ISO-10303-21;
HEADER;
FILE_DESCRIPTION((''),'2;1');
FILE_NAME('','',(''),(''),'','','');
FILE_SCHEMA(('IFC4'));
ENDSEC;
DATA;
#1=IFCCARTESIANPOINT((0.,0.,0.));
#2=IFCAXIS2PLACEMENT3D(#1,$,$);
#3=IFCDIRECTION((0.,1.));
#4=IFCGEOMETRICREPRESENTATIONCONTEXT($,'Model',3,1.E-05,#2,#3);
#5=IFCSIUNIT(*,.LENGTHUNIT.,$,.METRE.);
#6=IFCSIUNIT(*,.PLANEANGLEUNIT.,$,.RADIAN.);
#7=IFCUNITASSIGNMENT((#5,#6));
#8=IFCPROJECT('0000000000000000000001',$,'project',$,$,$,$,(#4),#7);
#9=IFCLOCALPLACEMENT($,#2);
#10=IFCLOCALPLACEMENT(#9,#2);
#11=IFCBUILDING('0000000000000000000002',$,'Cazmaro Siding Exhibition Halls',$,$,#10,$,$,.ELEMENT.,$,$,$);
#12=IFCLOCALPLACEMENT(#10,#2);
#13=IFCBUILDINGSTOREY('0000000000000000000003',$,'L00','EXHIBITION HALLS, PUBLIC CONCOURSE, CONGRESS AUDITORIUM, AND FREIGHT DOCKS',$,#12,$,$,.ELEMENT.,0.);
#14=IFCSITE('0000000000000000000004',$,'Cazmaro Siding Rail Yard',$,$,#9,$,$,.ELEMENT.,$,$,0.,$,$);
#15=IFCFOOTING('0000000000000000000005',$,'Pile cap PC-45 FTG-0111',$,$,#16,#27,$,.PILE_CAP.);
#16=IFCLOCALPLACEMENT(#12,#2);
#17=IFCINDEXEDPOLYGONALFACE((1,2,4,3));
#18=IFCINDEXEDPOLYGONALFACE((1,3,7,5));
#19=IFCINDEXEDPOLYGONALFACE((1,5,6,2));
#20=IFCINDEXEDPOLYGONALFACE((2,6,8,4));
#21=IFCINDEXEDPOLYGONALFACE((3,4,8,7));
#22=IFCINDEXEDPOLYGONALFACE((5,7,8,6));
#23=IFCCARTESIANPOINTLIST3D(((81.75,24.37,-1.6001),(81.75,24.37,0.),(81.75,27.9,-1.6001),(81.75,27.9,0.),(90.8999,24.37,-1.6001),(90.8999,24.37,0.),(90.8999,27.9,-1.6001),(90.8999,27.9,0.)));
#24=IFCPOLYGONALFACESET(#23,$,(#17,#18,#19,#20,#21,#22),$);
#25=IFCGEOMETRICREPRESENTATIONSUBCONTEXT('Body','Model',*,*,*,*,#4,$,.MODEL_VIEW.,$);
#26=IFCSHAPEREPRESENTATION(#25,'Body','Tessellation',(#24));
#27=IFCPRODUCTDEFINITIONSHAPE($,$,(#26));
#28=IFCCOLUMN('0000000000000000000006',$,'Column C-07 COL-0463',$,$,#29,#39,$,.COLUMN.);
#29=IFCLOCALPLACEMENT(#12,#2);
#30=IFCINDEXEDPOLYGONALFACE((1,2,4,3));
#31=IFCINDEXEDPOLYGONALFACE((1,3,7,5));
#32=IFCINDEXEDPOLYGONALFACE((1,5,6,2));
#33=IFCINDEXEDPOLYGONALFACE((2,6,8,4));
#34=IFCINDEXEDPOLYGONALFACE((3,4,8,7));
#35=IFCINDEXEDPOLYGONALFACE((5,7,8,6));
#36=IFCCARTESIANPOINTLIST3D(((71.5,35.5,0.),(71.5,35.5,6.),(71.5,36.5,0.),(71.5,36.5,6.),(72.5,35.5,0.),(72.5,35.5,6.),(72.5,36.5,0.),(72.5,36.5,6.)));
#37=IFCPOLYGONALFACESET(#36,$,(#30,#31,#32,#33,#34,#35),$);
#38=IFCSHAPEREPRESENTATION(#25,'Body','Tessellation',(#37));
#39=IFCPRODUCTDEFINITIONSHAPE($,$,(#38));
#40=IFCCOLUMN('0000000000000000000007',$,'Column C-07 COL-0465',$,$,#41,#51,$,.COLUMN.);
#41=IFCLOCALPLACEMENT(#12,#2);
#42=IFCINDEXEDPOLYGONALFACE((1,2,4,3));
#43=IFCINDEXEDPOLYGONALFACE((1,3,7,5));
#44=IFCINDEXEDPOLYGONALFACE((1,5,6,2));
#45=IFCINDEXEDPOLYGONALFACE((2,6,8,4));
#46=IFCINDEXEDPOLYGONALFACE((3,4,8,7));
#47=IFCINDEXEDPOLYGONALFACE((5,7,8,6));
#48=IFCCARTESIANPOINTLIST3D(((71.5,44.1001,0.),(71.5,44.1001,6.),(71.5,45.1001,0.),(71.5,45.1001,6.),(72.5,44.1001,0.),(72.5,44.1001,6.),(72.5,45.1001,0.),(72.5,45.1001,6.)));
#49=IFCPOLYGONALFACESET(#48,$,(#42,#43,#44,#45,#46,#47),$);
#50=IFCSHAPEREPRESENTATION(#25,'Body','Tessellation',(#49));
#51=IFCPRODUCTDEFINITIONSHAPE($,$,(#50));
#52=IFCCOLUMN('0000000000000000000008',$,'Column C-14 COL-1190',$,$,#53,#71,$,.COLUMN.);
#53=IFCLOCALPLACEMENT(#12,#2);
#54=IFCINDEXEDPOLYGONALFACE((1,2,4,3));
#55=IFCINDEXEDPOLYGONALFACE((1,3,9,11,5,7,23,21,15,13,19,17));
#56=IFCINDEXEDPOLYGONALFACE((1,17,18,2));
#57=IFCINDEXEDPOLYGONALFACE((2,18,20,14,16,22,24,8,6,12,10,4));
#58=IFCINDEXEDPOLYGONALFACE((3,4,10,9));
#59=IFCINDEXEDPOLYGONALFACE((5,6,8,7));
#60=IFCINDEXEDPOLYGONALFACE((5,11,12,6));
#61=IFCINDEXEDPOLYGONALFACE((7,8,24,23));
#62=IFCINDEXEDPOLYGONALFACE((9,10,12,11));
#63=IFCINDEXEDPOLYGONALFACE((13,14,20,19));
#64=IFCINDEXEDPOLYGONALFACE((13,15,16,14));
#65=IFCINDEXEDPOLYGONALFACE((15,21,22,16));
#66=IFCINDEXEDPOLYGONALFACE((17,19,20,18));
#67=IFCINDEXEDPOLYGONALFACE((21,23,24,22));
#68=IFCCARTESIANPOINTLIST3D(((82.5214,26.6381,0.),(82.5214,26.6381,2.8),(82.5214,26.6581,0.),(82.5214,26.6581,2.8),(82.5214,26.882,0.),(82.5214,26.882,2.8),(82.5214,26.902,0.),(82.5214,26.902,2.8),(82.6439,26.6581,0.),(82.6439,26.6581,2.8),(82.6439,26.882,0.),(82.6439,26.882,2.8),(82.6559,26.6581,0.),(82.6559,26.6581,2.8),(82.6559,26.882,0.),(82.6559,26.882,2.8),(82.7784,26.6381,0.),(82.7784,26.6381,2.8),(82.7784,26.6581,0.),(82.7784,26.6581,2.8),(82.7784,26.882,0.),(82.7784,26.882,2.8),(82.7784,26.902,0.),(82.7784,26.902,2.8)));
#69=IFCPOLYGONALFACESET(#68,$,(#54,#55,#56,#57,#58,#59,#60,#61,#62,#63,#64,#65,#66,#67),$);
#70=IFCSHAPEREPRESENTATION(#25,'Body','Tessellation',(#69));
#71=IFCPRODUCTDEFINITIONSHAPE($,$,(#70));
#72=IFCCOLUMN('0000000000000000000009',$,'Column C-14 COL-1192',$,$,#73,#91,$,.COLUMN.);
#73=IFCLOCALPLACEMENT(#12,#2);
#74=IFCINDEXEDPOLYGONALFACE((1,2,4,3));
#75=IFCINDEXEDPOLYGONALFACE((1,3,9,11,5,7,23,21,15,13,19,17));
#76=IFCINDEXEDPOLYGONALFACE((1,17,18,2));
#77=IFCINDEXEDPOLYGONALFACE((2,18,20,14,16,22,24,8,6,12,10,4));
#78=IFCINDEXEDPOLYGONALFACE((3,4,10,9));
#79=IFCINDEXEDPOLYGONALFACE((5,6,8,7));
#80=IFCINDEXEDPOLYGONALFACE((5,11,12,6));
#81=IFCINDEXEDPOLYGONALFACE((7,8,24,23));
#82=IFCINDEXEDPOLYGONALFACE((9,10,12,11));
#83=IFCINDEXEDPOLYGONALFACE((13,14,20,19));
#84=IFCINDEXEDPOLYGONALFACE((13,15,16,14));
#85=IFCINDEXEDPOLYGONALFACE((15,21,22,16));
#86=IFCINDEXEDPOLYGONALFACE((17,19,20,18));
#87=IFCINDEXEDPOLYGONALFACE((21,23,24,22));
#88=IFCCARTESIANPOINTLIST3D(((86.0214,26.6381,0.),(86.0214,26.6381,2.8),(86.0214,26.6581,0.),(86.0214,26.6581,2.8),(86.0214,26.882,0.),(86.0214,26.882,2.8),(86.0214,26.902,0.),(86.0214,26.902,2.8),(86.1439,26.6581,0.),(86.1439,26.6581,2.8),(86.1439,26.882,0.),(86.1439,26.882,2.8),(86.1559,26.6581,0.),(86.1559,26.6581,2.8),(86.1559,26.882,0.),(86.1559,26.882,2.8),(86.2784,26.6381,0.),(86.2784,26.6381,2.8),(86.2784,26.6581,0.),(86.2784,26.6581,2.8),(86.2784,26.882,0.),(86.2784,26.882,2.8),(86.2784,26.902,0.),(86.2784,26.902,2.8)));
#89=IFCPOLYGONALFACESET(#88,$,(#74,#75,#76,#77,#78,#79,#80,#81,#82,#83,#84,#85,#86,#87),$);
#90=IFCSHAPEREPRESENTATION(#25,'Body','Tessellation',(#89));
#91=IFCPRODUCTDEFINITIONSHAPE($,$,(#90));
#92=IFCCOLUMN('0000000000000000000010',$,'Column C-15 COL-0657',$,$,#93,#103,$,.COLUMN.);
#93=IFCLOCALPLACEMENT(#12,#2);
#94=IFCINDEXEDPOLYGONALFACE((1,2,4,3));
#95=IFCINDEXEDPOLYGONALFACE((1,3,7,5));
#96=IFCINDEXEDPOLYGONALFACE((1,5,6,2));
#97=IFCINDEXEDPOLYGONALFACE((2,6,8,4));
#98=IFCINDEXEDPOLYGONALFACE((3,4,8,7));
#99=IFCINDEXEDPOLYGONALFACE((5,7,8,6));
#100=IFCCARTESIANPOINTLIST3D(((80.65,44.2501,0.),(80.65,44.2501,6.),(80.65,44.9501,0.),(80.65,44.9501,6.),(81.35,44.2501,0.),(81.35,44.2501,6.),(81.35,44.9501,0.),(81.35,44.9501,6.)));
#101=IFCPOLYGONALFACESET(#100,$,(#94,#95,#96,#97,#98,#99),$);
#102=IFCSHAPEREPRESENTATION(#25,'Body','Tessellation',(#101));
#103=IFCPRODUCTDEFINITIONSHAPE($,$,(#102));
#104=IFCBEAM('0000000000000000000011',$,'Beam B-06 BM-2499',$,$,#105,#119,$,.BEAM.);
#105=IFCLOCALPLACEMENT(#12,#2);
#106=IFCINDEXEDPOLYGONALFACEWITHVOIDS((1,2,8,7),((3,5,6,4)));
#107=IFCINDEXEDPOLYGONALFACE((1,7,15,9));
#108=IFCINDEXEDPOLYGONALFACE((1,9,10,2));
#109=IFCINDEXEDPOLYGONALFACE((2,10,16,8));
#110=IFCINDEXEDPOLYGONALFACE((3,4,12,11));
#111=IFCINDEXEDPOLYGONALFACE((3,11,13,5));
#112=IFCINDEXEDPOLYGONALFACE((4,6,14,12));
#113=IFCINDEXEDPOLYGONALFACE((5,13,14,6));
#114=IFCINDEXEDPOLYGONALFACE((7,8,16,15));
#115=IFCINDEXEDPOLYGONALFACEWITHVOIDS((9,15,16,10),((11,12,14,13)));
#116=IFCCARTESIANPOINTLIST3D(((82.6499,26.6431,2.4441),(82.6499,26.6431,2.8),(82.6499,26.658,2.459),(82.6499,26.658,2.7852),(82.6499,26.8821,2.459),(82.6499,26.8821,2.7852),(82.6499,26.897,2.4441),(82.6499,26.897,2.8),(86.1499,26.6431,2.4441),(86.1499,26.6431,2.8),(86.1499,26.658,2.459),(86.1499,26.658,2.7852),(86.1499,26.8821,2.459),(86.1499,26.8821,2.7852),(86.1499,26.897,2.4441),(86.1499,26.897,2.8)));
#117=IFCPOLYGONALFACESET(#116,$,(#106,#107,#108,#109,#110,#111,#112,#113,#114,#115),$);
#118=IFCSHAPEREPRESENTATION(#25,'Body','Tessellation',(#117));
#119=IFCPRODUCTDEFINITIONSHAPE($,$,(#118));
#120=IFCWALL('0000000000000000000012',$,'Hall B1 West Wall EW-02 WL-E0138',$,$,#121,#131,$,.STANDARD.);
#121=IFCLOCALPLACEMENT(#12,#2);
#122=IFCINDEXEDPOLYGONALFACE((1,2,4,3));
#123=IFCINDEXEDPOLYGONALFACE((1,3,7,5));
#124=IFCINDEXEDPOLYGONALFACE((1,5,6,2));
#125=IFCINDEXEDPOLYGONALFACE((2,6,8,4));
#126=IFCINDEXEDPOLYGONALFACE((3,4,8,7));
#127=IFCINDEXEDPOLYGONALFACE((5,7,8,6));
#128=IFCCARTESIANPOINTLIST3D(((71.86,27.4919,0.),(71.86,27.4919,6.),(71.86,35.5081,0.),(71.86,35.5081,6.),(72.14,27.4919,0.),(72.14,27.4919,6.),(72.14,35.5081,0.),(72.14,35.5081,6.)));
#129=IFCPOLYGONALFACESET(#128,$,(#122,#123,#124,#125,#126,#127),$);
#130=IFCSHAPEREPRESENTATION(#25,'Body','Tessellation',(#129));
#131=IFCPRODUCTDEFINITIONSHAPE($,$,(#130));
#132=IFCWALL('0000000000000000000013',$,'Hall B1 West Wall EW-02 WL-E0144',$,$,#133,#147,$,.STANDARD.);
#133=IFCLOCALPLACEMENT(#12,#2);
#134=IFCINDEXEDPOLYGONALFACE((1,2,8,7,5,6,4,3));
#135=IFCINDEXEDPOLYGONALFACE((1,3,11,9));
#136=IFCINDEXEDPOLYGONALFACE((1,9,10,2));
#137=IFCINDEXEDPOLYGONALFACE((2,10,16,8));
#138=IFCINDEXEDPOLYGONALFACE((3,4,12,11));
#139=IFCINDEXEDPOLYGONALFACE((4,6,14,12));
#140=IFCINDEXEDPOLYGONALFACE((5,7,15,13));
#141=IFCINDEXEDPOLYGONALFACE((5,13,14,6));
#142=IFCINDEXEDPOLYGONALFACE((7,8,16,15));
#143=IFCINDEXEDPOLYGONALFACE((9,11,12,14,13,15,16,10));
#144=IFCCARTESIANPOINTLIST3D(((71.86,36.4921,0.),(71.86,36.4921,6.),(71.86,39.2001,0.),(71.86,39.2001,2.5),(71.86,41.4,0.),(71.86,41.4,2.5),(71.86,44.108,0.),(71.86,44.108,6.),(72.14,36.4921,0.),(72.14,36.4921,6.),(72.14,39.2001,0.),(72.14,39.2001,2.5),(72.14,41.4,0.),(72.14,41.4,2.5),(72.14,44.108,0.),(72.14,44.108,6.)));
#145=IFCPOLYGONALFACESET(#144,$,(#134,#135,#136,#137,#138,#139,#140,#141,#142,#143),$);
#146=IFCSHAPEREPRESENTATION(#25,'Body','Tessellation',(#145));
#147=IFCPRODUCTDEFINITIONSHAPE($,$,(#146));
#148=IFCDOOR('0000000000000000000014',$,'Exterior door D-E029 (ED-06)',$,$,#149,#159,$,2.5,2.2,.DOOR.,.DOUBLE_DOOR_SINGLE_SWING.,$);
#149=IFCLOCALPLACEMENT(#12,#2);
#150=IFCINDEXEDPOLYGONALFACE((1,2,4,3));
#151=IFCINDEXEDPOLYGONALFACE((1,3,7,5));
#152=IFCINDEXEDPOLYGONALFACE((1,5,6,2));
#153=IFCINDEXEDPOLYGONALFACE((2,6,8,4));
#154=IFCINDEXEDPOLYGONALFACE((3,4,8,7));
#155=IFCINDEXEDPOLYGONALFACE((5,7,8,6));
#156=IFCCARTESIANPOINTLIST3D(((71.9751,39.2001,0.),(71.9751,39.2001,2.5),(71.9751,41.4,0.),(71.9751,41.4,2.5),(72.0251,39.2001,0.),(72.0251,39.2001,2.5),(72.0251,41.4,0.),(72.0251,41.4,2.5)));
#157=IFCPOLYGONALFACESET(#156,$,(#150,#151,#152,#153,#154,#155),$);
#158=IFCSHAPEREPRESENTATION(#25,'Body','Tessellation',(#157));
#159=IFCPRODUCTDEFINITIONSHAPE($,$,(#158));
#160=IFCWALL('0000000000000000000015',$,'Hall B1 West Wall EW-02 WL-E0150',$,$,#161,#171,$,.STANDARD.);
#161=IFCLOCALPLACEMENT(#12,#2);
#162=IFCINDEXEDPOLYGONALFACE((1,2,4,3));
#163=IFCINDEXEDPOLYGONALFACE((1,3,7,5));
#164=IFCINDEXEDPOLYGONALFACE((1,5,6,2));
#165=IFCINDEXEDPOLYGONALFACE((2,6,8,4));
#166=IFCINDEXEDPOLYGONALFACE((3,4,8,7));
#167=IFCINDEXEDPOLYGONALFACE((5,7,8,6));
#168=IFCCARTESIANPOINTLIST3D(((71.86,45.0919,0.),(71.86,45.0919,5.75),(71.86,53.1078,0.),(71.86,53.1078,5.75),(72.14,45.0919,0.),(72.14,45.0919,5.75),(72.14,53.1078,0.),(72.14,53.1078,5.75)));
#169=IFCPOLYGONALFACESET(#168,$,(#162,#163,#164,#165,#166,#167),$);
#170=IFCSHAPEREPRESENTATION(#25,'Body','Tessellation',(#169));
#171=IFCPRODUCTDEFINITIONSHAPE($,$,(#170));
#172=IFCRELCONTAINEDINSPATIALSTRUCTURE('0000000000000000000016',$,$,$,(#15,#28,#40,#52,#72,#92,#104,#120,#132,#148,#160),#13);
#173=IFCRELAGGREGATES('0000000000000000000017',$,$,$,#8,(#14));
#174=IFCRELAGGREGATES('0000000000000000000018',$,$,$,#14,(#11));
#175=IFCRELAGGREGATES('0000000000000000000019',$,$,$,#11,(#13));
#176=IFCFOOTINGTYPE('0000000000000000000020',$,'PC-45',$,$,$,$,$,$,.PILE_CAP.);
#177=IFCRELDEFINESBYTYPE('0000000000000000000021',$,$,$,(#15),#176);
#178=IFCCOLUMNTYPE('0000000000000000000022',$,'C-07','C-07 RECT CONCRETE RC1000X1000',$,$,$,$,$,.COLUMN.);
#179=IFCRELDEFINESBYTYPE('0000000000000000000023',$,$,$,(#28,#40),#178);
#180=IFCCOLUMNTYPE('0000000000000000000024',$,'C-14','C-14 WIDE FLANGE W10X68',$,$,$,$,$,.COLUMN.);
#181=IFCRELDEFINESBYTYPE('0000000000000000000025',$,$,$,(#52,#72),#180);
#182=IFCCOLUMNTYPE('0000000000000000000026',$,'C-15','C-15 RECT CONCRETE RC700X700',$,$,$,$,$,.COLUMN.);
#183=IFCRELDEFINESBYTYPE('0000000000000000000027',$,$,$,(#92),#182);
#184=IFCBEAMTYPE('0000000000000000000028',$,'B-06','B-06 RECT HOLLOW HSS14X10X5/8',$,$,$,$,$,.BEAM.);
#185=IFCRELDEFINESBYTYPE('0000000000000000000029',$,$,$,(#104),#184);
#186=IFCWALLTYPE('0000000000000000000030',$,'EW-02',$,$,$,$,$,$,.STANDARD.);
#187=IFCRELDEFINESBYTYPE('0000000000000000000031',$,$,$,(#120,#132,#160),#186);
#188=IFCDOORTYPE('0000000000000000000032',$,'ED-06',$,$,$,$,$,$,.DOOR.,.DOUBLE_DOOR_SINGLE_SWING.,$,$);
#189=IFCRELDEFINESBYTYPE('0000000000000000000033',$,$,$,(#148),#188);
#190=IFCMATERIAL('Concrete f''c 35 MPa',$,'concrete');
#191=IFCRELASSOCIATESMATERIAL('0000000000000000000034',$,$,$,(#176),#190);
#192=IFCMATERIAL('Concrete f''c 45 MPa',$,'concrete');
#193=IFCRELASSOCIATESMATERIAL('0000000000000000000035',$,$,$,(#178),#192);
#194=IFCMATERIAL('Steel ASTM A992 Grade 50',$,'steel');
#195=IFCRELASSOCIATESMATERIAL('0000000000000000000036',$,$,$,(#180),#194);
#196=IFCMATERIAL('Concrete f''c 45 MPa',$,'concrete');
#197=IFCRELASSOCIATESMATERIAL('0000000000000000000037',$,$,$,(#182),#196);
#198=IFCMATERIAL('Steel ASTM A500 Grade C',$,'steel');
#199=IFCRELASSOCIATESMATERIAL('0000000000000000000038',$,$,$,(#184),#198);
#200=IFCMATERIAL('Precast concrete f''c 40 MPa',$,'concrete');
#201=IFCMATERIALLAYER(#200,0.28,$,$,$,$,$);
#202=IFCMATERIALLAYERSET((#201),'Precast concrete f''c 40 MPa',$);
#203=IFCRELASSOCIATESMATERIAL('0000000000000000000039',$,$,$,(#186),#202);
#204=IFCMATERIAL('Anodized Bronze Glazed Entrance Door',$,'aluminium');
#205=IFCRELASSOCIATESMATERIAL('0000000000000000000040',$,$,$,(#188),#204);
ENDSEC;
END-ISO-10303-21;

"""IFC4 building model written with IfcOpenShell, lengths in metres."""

from ifc_helpers import new_model, si_unit, direction, frame, frame_2d, origin, origin_2d, place, context, subcontext, project, spatial, rectangle, hollow_rectangle, i_section, extrude, material, layer, layer_set, material_profile, profile_set, type_object, element, fill, save


model = new_model("IFC4")

# Units and contexts
model_context = context("Model", 3, precision=1e-05, world=origin(), true_north=direction((0.0, 1.0)))
body_context = subcontext(model_context, "Body", "Model", "MODEL_VIEW")
ifc_project = project(units=[si_unit("LENGTHUNIT", "METRE"), si_unit("PLANEANGLEUNIT", "RADIAN")], contexts=[model_context])

# Site, building, storey
site_placement = place(None, origin())
site = spatial("IfcSite", under=ifc_project, at=site_placement, Name="Cazmaro Siding Rail Yard", CompositionType="ELEMENT", RefElevation=0.0)
building_placement = place(site_placement, origin())
building = spatial("IfcBuilding", under=site, at=building_placement, Name="Cazmaro Siding Exhibition Halls", CompositionType="ELEMENT")
storey_placement = place(building_placement, origin())
storey = spatial("IfcBuildingStorey", under=building, at=storey_placement, Name="L00", Description="EXHIBITION HALLS, PUBLIC CONCOURSE, CONGRESS AUDITORIUM, AND FREIGHT DOCKS", CompositionType="ELEMENT", Elevation=0.0)

# Footing
ifc_material_1 = material(Name="Concrete f'c 35 MPa", Category="concrete")
footing_type_1 = type_object("IfcFootingType", Name="PC-45", PredefinedType="PILE_CAP", material=ifc_material_1)
footing_1_placement = place(storey_placement, frame((86.325, 26.135, -1.6001), z_axis=(0.0, 0.0, 1.0), x_axis=(1.0, 0.0, 0.0)))
element("IfcFooting", 1, at=footing_1_placement, inside=storey, type_object=footing_type_1, Name="Pile cap PC-45 FTG-0111", PredefinedType="PILE_CAP", context=body_context, shape_type="SweptSolid", body=[
    extrude(rectangle(XDim=9.1499, YDim=3.53, at=origin_2d()), origin(), (0.0, 0.0, 1.0), 1.6001),
])

# Columns
ifc_material_2 = material(Name="Concrete f'c 45 MPa", Category="concrete")
ifc_material_profile_1 = material_profile(ifc_material_2, rectangle(XDim=1.0, YDim=1.0, at=origin_2d()), Name="RC1000X1000")
ifc_profile_set_1 = profile_set([ifc_material_profile_1], Name="Concrete f'c 45 MPa")
column_type_1 = type_object("IfcColumnType", Name="C-07", Description="C-07 RECT CONCRETE RC1000X1000", PredefinedType="COLUMN", material=ifc_profile_set_1)
for number, where, z_axis, x_axis, name in (
    (2, (72.0, 36.0, 0.0), (0.0, 0.0, 1.0), (1.0, 0.0, 0.0), "Column C-07 COL-0463"),
    (3, (72.0, 44.6001, 0.0), (0.0, 0.0, 1.0), (1.0, 0.0, 0.0), "Column C-07 COL-0465"),
):
    element("IfcColumn", number, at=place(storey_placement, frame(where, z_axis=z_axis, x_axis=x_axis)), inside=storey, type_object=column_type_1, Name=name, PredefinedType="COLUMN", context=body_context, shape_type="SweptSolid", body=[
        extrude(rectangle(XDim=1.0, YDim=1.0, at=origin_2d()), origin(), (0.0, 0.0, 1.0), 6.0),
    ])
ifc_material_3 = material(Name="Steel ASTM A992 Grade 50", Category="steel")
ifc_material_profile_2 = material_profile(ifc_material_3, i_section(OverallWidth=0.2571, OverallDepth=0.2639, WebThickness=0.012, FlangeThickness=0.02, at=origin_2d()), Name="W10X68")
ifc_profile_set_2 = profile_set([ifc_material_profile_2], Name="Steel ASTM A992 Grade 50")
column_type_2 = type_object("IfcColumnType", Name="C-14", Description="C-14 WIDE FLANGE W10X68", PredefinedType="COLUMN", material=ifc_profile_set_2)
for number, where, z_axis, x_axis, name in (
    (4, (82.6499, 26.77, 0.0), (0.0, 0.0, 1.0), (1.0, 0.0, 0.0), "Column C-14 COL-1190"),
    (5, (86.1499, 26.77, 0.0), (0.0, 0.0, 1.0), (1.0, 0.0, 0.0), "Column C-14 COL-1192"),
):
    element("IfcColumn", number, at=place(storey_placement, frame(where, z_axis=z_axis, x_axis=x_axis)), inside=storey, type_object=column_type_2, Name=name, PredefinedType="COLUMN", context=body_context, shape_type="SweptSolid", body=[
        extrude(i_section(OverallWidth=0.2571, OverallDepth=0.2639, WebThickness=0.012, FlangeThickness=0.02, at=origin_2d()), origin(), (0.0, 0.0, 1.0), 2.8),
    ])
ifc_material_4 = material(Name="Concrete f'c 45 MPa", Category="concrete")
ifc_material_profile_3 = material_profile(ifc_material_4, rectangle(XDim=0.7, YDim=0.7, at=origin_2d()), Name="RC700X700")
ifc_profile_set_3 = profile_set([ifc_material_profile_3], Name="Concrete f'c 45 MPa")
column_type_3 = type_object("IfcColumnType", Name="C-15", Description="C-15 RECT CONCRETE RC700X700", PredefinedType="COLUMN", material=ifc_profile_set_3)
column_placement = place(storey_placement, frame((81.0, 44.6001, 0.0), z_axis=(0.0, 0.0, 1.0), x_axis=(1.0, 0.0, 0.0)))
element("IfcColumn", 6, at=column_placement, inside=storey, type_object=column_type_3, Name="Column C-15 COL-0657", PredefinedType="COLUMN", context=body_context, shape_type="SweptSolid", body=[
    extrude(rectangle(XDim=0.7, YDim=0.7, at=origin_2d()), origin(), (0.0, 0.0, 1.0), 6.0),
])

# Beam
ifc_material_5 = material(Name="Steel ASTM A500 Grade C", Category="steel")
ifc_material_profile_4 = material_profile(ifc_material_5, hollow_rectangle(XDim=0.2539, YDim=0.356, WallThickness=0.0149, at=origin_2d()), Name="HSS14X10X5/8")
ifc_profile_set_4 = profile_set([ifc_material_profile_4], Name="Steel ASTM A500 Grade C")
beam_type = type_object("IfcBeamType", Name="B-06", Description="B-06 RECT HOLLOW HSS14X10X5/8", PredefinedType="BEAM", material=ifc_profile_set_4)
beam_placement = place(storey_placement, frame((82.6499, 26.77, 2.6221), z_axis=(1.0, 0.0, 0.0), x_axis=(0.0, 1.0, 0.0)))
element("IfcBeam", 7, at=beam_placement, inside=storey, type_object=beam_type, Name="Beam B-06 BM-2499", PredefinedType="BEAM", context=body_context, shape_type="SweptSolid", body=[
    extrude(hollow_rectangle(XDim=0.2539, YDim=0.356, WallThickness=0.0149, at=origin_2d()), origin(), (0.0, 0.0, 1.0), 3.5),
])

# Wall
ifc_material_6 = material(Name="Precast concrete f'c 40 MPa", Category="concrete")
ifc_layer_1 = layer(ifc_material_6, 0.28)
ifc_layer_set_1 = layer_set([ifc_layer_1], Name="Precast concrete f'c 40 MPa")
wall_type_1 = type_object("IfcWallType", Name="EW-02", PredefinedType="STANDARD", material=ifc_layer_set_1)
wall_1_placement = place(storey_placement, frame((72.0, 27.4919, 0.0), z_axis=(0.0, 0.0, 1.0), x_axis=(0.0, 1.0, 0.0)))
element("IfcWall", 8, at=wall_1_placement, inside=storey, type_object=wall_type_1, Name="Hall B1 West Wall EW-02 WL-E0138", PredefinedType="STANDARD", context=body_context, shape_type="SweptSolid", body=[
    extrude(rectangle(XDim=8.0161, YDim=0.28, at=frame_2d((4.0081, 0.0))), origin(), (0.0, 0.0, 1.0), 6.0),
])

# Wall, opening, door
wall_2_placement = place(storey_placement, frame((72.0, 36.4919, 0.0), z_axis=(0.0, 0.0, 1.0), x_axis=(0.0, 1.0, 0.0)))
wall_2 = element("IfcWall", 9, at=wall_2_placement, inside=storey, type_object=wall_type_1, Name="Hall B1 West Wall EW-02 WL-E0144", PredefinedType="STANDARD", context=body_context, shape_type="SweptSolid", body=[
    extrude(rectangle(XDim=7.616, YDim=0.28, at=frame_2d((3.8081, 0.0))), origin(), (0.0, 0.0, 1.0), 6.0),
])
opening_1_placement = place(wall_2_placement, frame((2.708, 0.0, 0.0)))
opening_1 = element("IfcOpeningElement", 10, at=opening_1_placement, cuts=wall_2, PredefinedType="OPENING", context=body_context, shape_type="SweptSolid", body=[
    extrude(rectangle(XDim=2.2, YDim=2.5, at=frame_2d((1.1001, 1.25))), frame((0.0, 0.1499, 0.0), z_axis=(0.0, -1.0, 0.0), x_axis=(1.0, 0.0, 0.0)), (0.0, 0.0, 1.0), 0.3),
])
ifc_material_7 = material(Name="Anodized Bronze Glazed Entrance Door", Category="aluminium")
door_type_1 = type_object("IfcDoorType", Name="ED-06", OperationType="DOUBLE_DOOR_SINGLE_SWING", PredefinedType="DOOR", material=ifc_material_7)
door_1_placement = place(opening_1_placement, origin())
door_1 = element("IfcDoor", 11, at=door_1_placement, inside=storey, type_object=door_type_1, Name="Exterior door D-E029 (ED-06)", OperationType="DOUBLE_DOOR_SINGLE_SWING", OverallHeight=2.5, OverallWidth=2.2, PredefinedType="DOOR", context=body_context, shape_type="SweptSolid", body=[
    extrude(rectangle(XDim=2.2, YDim=2.5, at=frame_2d((1.1001, 1.25))), frame((0.0, 0.0249, 0.0), z_axis=(0.0, -1.0, 0.0), x_axis=(1.0, 0.0, 0.0)), (0.0, 0.0, 1.0), 0.05),
])
fill(opening_1, door_1)

# Wall
wall_3_placement = place(storey_placement, frame((72.0, 45.092, 0.0), z_axis=(0.0, 0.0, 1.0), x_axis=(0.0, 1.0, 0.0)))
element("IfcWall", 12, at=wall_3_placement, inside=storey, type_object=wall_type_1, Name="Hall B1 West Wall EW-02 WL-E0150", PredefinedType="STANDARD", context=body_context, shape_type="SweptSolid", body=[
    extrude(rectangle(XDim=8.0159, YDim=0.28, at=frame_2d((4.0078, 0.0))), origin(), (0.0, 0.0, 1.0), 5.75),
])

save(model, "model.ifc")
